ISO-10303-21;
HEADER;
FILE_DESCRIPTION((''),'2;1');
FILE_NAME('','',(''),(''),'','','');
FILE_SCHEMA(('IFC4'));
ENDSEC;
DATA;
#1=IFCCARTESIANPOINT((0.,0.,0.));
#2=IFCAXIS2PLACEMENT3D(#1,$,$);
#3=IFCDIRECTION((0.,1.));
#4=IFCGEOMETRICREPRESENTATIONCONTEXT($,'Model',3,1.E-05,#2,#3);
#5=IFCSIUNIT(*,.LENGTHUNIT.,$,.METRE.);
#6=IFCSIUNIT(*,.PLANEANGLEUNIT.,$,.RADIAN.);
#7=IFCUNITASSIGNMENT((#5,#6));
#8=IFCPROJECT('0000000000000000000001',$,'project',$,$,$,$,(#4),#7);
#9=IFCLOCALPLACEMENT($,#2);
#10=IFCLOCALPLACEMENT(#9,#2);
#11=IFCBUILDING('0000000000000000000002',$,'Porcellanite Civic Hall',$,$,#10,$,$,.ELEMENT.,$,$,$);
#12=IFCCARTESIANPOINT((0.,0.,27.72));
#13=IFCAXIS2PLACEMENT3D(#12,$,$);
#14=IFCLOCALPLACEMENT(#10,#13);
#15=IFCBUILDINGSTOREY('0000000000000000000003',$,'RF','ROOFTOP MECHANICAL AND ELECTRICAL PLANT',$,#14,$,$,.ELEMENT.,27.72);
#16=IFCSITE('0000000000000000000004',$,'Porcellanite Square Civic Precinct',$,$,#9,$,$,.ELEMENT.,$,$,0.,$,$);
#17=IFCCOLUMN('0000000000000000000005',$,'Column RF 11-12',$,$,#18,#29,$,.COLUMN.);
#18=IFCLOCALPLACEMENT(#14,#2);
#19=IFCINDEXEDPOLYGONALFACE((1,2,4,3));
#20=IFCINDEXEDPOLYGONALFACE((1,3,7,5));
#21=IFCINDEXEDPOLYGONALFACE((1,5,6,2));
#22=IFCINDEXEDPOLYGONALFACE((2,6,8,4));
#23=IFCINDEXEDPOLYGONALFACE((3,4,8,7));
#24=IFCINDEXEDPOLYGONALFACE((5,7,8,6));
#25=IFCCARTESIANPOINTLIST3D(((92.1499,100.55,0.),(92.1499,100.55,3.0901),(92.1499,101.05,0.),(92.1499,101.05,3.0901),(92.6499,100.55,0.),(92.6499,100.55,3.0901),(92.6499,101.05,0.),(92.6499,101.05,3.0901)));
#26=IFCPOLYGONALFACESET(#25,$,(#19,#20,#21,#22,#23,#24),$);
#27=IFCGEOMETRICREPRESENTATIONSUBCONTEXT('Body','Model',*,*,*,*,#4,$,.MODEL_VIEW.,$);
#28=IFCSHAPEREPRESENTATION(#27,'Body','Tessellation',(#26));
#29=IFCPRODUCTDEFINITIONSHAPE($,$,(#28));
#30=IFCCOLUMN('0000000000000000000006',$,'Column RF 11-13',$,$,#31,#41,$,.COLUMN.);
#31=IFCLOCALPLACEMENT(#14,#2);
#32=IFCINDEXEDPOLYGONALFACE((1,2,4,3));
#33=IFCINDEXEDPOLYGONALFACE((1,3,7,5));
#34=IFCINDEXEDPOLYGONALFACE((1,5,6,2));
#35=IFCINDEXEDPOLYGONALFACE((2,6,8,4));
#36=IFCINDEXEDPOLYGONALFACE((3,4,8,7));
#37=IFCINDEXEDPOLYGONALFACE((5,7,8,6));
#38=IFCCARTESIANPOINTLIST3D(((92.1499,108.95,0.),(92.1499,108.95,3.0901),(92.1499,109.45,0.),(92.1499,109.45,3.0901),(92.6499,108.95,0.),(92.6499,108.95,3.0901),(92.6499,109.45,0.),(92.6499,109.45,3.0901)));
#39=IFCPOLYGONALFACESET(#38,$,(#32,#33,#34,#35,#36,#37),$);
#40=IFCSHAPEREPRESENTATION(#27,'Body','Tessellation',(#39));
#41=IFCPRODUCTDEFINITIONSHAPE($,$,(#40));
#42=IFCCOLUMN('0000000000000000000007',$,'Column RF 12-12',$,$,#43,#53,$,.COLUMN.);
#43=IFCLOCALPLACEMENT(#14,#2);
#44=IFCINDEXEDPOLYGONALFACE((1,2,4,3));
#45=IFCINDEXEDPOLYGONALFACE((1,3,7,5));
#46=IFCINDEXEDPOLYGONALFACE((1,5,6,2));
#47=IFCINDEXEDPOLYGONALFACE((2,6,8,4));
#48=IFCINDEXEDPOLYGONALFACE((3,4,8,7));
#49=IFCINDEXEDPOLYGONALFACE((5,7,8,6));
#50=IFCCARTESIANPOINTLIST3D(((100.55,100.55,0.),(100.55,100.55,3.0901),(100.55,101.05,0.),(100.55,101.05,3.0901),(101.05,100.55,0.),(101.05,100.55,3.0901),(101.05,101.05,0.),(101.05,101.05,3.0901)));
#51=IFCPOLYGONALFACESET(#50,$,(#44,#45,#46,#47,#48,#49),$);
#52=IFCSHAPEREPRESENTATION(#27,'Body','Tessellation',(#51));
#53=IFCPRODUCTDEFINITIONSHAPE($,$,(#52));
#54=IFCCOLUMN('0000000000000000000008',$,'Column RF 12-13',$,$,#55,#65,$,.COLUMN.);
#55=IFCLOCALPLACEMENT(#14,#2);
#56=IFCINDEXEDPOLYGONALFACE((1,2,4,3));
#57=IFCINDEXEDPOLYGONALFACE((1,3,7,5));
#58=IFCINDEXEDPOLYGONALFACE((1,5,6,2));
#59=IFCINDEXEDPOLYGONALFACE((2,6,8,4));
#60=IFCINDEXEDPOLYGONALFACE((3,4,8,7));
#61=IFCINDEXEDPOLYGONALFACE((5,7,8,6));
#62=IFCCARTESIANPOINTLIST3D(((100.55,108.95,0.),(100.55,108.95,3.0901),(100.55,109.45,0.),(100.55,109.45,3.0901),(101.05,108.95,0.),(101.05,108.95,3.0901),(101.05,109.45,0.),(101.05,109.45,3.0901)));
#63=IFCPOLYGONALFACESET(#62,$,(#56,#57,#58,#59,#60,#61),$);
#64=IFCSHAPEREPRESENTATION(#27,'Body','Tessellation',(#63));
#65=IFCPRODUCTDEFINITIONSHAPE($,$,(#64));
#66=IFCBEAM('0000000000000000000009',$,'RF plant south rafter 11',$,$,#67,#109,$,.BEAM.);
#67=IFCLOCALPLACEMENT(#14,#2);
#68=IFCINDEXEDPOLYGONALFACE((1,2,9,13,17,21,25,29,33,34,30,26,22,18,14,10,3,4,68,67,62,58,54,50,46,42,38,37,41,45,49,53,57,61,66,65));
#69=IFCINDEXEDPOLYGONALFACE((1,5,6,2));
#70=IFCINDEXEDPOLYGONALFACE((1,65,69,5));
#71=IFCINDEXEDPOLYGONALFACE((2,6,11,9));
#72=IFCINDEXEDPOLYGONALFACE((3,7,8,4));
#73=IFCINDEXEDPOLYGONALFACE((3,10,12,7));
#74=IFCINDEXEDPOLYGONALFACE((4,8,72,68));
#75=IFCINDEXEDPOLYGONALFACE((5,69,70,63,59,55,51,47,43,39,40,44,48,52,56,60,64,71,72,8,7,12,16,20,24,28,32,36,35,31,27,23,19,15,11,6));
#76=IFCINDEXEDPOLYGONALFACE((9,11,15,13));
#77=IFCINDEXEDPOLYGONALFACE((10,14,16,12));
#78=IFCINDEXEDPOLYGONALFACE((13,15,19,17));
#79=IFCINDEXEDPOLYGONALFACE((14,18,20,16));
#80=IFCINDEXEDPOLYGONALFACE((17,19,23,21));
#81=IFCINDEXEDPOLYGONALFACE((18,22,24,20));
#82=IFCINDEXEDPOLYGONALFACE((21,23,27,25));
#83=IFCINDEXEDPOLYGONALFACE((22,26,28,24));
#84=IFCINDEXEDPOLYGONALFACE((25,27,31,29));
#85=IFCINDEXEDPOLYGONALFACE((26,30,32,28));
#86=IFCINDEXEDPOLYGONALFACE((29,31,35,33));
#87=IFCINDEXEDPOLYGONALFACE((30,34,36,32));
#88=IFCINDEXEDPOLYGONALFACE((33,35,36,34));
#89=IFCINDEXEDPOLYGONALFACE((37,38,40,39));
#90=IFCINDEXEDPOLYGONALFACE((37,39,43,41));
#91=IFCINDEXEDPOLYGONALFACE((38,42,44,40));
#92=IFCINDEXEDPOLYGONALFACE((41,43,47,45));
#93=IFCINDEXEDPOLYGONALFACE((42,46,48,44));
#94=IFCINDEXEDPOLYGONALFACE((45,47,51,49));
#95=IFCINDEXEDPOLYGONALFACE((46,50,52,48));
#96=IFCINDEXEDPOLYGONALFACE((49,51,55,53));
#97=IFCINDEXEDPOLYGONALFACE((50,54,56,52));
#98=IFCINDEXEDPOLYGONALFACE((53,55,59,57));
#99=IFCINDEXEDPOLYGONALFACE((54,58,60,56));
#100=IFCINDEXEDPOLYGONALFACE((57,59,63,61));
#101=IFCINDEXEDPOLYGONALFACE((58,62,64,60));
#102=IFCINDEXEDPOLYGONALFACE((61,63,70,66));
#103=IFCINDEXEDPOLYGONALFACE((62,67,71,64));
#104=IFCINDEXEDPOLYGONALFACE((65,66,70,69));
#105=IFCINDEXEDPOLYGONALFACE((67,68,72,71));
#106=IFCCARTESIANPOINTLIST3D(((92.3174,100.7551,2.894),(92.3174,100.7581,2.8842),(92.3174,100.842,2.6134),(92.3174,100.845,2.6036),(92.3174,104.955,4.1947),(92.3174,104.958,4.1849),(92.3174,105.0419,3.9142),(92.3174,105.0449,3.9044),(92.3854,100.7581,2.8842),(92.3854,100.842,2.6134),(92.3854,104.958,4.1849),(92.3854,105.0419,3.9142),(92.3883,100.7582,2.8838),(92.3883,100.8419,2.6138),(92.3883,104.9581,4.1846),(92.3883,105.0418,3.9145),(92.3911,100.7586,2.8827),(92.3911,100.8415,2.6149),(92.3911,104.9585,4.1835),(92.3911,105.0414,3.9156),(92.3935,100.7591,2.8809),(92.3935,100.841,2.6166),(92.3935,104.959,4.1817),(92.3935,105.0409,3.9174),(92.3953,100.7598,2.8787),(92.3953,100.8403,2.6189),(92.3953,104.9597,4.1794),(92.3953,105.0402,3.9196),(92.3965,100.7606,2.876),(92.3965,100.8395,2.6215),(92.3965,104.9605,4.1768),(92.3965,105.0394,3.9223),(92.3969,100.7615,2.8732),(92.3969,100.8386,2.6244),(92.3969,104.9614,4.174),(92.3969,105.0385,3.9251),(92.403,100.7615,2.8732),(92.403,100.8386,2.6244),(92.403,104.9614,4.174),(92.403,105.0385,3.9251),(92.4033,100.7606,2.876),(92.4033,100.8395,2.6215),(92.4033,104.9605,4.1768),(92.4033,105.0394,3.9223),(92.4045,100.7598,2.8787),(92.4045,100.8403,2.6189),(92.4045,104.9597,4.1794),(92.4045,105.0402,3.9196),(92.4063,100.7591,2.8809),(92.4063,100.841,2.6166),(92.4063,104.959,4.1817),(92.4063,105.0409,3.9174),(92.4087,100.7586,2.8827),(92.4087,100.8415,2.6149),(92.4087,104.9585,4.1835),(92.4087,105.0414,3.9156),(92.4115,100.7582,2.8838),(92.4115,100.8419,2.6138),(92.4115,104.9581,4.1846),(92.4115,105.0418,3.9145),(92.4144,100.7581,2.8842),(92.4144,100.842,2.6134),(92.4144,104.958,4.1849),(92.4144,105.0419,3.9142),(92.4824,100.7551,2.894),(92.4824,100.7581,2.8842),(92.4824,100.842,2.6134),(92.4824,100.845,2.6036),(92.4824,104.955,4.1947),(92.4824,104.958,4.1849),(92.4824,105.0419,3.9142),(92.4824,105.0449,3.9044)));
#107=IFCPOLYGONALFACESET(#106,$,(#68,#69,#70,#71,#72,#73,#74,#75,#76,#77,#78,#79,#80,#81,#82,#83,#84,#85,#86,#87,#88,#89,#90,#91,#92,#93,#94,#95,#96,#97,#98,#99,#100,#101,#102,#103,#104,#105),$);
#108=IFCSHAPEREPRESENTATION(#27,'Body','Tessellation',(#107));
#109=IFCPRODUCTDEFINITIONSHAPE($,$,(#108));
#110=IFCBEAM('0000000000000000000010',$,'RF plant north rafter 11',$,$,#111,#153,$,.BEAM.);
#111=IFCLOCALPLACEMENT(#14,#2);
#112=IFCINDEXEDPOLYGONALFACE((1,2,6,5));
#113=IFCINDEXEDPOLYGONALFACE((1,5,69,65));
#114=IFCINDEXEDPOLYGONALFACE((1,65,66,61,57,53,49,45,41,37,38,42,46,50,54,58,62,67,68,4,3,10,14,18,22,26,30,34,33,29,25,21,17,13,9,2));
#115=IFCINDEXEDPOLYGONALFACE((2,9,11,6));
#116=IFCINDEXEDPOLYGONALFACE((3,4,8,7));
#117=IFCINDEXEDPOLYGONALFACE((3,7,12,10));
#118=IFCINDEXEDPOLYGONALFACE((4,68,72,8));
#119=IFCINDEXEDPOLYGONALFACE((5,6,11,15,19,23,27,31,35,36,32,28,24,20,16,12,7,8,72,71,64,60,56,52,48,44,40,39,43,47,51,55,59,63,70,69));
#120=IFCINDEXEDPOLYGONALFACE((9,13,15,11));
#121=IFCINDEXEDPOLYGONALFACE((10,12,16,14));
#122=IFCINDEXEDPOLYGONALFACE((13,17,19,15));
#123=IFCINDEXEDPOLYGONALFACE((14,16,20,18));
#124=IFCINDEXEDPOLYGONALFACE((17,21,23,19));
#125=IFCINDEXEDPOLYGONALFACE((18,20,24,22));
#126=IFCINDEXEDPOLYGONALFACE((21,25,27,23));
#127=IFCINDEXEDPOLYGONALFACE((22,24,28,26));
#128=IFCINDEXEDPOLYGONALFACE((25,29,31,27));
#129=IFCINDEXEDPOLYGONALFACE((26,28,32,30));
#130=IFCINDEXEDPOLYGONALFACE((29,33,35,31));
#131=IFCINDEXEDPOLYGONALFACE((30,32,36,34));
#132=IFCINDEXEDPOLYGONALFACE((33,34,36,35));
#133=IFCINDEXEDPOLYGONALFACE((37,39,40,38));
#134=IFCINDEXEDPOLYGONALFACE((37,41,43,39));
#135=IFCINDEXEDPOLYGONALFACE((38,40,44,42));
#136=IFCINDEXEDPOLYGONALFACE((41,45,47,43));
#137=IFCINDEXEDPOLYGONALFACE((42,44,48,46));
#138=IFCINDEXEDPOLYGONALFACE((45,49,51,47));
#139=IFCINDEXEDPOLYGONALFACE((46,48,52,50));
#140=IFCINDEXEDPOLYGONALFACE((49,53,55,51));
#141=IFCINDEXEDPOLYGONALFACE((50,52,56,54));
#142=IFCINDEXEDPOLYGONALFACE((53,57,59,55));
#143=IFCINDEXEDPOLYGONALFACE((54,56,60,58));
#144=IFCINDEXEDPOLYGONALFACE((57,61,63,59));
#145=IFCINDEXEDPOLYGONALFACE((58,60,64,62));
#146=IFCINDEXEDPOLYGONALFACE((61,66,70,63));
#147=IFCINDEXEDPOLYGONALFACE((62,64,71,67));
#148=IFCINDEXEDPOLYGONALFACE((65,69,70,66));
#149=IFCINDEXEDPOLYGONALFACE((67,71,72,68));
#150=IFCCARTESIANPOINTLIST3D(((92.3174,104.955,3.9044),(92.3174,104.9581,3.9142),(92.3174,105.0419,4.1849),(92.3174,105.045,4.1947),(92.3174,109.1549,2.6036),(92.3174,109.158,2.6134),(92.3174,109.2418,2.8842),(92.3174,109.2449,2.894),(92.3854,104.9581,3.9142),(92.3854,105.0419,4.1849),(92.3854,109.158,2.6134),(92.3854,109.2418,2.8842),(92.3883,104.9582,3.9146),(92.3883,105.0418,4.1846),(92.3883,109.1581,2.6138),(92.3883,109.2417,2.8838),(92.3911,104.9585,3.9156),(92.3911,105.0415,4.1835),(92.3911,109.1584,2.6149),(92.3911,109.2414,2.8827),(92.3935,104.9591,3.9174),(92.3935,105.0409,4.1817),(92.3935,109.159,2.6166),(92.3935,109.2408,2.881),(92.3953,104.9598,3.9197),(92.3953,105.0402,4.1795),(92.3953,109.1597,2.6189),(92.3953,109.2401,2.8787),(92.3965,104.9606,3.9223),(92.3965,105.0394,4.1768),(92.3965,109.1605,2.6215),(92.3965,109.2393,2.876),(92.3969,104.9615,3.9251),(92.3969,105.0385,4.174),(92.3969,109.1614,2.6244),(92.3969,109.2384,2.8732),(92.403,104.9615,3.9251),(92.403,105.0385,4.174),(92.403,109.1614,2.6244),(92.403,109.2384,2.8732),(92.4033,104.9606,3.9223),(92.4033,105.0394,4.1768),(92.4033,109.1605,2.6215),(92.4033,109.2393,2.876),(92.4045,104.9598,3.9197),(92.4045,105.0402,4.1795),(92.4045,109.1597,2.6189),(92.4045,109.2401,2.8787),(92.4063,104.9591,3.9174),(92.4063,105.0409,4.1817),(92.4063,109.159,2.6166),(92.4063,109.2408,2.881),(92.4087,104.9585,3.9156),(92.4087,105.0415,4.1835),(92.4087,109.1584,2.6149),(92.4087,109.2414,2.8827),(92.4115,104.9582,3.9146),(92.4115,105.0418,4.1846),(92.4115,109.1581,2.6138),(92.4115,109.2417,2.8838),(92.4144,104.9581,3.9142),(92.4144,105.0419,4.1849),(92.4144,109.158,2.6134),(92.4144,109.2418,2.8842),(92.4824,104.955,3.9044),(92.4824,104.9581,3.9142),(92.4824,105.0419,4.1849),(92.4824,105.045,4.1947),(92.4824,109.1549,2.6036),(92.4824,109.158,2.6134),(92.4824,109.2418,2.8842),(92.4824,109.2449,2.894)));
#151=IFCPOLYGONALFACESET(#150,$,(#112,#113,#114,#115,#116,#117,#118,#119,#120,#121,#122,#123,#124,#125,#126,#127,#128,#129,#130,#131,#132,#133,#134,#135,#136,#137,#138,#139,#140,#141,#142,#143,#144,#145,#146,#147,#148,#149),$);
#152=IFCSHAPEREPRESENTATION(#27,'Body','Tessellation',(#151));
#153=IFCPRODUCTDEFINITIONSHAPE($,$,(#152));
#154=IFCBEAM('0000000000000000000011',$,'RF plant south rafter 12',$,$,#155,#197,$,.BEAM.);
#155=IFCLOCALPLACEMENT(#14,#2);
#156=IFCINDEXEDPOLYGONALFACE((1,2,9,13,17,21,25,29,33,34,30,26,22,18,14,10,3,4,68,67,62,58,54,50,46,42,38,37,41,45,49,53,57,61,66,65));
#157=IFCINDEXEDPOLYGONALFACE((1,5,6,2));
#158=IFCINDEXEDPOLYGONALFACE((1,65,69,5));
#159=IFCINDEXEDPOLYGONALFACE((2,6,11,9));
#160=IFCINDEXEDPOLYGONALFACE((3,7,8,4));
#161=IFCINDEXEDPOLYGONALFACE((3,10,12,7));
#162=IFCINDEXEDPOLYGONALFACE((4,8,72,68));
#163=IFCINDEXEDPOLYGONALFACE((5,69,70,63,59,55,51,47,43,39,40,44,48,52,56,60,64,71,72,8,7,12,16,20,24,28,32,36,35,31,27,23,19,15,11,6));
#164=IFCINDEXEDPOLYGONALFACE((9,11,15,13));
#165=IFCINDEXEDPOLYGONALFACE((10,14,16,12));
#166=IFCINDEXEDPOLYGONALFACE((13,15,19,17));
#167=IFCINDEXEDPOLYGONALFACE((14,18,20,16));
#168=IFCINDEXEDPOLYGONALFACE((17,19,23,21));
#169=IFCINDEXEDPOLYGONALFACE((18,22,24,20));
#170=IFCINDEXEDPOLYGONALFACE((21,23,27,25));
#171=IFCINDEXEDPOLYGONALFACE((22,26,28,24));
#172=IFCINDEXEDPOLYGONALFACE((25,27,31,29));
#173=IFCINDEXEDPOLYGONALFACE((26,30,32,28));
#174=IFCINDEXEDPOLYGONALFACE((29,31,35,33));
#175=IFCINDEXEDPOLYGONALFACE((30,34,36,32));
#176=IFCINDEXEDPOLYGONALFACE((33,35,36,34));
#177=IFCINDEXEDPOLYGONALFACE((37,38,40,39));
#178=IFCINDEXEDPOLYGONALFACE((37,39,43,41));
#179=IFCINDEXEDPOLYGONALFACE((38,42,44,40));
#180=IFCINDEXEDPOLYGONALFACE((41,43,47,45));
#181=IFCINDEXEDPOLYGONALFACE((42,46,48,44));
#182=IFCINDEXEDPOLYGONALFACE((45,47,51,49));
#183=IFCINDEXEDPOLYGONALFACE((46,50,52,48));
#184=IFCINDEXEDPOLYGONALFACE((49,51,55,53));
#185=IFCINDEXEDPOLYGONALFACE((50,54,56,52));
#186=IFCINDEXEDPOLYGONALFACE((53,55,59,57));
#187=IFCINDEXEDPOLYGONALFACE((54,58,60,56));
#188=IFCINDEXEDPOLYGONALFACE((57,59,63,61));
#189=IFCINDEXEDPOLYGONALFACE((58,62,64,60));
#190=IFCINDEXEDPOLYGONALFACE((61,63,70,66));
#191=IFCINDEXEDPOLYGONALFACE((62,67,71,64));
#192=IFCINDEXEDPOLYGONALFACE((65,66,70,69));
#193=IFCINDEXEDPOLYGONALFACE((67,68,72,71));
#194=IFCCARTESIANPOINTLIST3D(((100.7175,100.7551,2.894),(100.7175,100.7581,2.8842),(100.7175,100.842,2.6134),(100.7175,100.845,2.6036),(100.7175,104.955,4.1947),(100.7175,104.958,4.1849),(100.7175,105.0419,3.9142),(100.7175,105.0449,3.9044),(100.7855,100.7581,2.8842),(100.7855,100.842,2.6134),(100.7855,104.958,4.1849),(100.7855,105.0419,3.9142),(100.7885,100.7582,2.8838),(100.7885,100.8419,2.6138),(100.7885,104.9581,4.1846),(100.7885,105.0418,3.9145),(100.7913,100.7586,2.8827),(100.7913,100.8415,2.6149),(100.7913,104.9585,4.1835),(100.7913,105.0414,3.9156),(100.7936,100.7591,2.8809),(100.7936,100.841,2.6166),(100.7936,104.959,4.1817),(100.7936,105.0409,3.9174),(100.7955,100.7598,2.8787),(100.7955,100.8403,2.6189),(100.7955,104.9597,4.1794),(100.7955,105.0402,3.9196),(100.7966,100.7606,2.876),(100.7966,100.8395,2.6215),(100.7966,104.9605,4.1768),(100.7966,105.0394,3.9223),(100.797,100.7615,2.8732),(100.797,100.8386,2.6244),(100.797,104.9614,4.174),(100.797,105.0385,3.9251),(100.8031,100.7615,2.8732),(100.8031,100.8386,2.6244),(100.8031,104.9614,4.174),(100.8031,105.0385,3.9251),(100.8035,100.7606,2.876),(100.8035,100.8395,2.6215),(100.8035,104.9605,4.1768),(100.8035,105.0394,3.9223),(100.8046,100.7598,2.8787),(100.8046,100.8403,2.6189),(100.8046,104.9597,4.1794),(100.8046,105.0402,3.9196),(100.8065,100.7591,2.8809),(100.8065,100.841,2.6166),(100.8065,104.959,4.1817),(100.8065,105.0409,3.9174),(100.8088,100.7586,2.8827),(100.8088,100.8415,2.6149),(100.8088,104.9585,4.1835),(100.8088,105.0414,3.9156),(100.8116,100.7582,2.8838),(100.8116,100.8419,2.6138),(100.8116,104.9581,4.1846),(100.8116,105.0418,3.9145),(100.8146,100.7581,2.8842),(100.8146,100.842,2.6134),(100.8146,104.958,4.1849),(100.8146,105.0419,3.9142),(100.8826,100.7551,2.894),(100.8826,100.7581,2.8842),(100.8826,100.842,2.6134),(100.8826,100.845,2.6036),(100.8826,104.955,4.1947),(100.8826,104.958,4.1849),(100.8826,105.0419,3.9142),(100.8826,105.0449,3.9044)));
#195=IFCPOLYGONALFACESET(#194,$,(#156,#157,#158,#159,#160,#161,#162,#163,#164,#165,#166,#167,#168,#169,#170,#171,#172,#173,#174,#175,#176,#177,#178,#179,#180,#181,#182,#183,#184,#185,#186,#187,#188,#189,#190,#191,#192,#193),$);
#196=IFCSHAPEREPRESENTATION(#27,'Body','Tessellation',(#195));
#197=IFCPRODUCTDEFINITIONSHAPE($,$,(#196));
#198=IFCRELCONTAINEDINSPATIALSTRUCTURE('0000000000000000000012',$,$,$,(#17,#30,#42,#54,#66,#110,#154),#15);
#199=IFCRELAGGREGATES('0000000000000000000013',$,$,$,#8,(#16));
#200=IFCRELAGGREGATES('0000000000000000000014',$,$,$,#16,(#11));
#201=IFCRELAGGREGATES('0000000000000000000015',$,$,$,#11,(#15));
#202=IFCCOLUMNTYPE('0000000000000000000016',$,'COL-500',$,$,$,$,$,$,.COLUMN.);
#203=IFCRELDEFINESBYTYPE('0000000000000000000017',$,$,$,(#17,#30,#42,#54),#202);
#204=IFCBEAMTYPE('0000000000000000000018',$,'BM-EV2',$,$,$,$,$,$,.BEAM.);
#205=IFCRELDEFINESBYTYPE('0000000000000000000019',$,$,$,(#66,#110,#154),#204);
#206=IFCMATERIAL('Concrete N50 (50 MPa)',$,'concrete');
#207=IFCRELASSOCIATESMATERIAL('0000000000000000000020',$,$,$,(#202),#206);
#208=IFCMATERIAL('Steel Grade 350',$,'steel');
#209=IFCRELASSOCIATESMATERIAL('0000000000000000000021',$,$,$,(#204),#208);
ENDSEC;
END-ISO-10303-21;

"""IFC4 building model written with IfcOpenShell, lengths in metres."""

from ifc_helpers import new_model, si_unit, direction, frame, origin, origin_2d, place, context, subcontext, project, spatial, rectangle, i_section, extrude, material, material_profile, profile_set, type_object, element, save


model = new_model("IFC4")

# Units and contexts
model_context = context("Model", 3, precision=1e-05, world=origin(), true_north=direction((0.0, 1.0)))
body_context = subcontext(model_context, "Body", "Model", "MODEL_VIEW")
ifc_project = project(units=[si_unit("LENGTHUNIT", "METRE"), si_unit("PLANEANGLEUNIT", "RADIAN")], contexts=[model_context])

# Site, building, storey
site_placement = place(None, origin())
site = spatial("IfcSite", under=ifc_project, at=site_placement, Name="Porcellanite Square Civic Precinct", CompositionType="ELEMENT", RefElevation=0.0)
building_placement = place(site_placement, origin())
building = spatial("IfcBuilding", under=site, at=building_placement, Name="Porcellanite Civic Hall", CompositionType="ELEMENT")
storey_placement = place(building_placement, frame((0.0, 0.0, 27.72)))
storey = spatial("IfcBuildingStorey", under=building, at=storey_placement, Name="RF", Description="ROOFTOP MECHANICAL AND ELECTRICAL PLANT", CompositionType="ELEMENT", Elevation=27.72)

# Columns
ifc_material_1 = material(Name="Concrete N50 (50 MPa)", Category="concrete")
ifc_material_profile_1 = material_profile(ifc_material_1, rectangle(XDim=0.5, YDim=0.5, at=origin_2d()), Name="RC-500x500")
ifc_profile_set_1 = profile_set([ifc_material_profile_1], Name="Concrete N50 (50 MPa)")
column_type = type_object("IfcColumnType", Name="COL-500", PredefinedType="COLUMN", material=ifc_profile_set_1)
for number, where, z_axis, x_axis, name in (
    (1, (92.3999, 100.8, 0.0), (0.0, 0.0, 1.0), (1.0, 0.0, 0.0), "Column RF 11-12"),
    (2, (92.3999, 109.2, 0.0), (0.0, 0.0, 1.0), (1.0, 0.0, 0.0), "Column RF 11-13"),
    (3, (100.8, 100.8, 0.0), (0.0, 0.0, 1.0), (1.0, 0.0, 0.0), "Column RF 12-12"),
    (4, (100.8, 109.2, 0.0), (0.0, 0.0, 1.0), (1.0, 0.0, 0.0), "Column RF 12-13"),
):
    element("IfcColumn", number, at=place(storey_placement, frame(where, z_axis=z_axis, x_axis=x_axis)), inside=storey, type_object=column_type, Name=name, PredefinedType="COLUMN", context=body_context, shape_type="SweptSolid", body=[
        extrude(rectangle(XDim=0.5, YDim=0.5, at=origin_2d()), origin(), (0.0, 0.0, 1.0), 3.0901),
    ])

# Beams
ifc_material_2 = material(Name="Steel Grade 350", Category="steel")
ifc_material_profile_2 = material_profile(ifc_material_2, i_section(OverallWidth=0.165, OverallDepth=0.304, WebThickness=0.0061, FlangeThickness=0.0103, FilletRadius=0.0115, at=origin_2d()), Name="310UB40.4")
ifc_profile_set_2 = profile_set([ifc_material_profile_2], Name="Steel Grade 350")
beam_type_1 = type_object("IfcBeamType", Name="BM-EV2", PredefinedType="BEAM", material=ifc_profile_set_2)
for number, where, z_axis, x_axis, name in (
    (5, (92.3999, 100.8, 2.7488), (0.0, 0.955235, 0.295849), (-1.0, 0.0, 0.0), "RF plant south rafter 11"),
    (6, (92.3999, 105.0, 4.0496), (0.0, 0.955235, -0.295849), (-1.0, 0.0, 0.0), "RF plant north rafter 11"),
    (7, (100.8, 100.8, 2.7488), (0.0, 0.955235, 0.295849), (-1.0, 0.0, 0.0), "RF plant south rafter 12"),
):
    element("IfcBeam", number, at=place(storey_placement, frame(where, z_axis=z_axis, x_axis=x_axis)), inside=storey, type_object=beam_type_1, Name=name, PredefinedType="BEAM", context=body_context, shape_type="SweptSolid", body=[
        extrude(i_section(OverallWidth=0.165, OverallDepth=0.304, WebThickness=0.0061, FlangeThickness=0.0103, FilletRadius=0.0115, at=origin_2d()), origin(), (0.0, 0.0, 1.0), 4.3967),
    ])

save(model, "model.ifc")
